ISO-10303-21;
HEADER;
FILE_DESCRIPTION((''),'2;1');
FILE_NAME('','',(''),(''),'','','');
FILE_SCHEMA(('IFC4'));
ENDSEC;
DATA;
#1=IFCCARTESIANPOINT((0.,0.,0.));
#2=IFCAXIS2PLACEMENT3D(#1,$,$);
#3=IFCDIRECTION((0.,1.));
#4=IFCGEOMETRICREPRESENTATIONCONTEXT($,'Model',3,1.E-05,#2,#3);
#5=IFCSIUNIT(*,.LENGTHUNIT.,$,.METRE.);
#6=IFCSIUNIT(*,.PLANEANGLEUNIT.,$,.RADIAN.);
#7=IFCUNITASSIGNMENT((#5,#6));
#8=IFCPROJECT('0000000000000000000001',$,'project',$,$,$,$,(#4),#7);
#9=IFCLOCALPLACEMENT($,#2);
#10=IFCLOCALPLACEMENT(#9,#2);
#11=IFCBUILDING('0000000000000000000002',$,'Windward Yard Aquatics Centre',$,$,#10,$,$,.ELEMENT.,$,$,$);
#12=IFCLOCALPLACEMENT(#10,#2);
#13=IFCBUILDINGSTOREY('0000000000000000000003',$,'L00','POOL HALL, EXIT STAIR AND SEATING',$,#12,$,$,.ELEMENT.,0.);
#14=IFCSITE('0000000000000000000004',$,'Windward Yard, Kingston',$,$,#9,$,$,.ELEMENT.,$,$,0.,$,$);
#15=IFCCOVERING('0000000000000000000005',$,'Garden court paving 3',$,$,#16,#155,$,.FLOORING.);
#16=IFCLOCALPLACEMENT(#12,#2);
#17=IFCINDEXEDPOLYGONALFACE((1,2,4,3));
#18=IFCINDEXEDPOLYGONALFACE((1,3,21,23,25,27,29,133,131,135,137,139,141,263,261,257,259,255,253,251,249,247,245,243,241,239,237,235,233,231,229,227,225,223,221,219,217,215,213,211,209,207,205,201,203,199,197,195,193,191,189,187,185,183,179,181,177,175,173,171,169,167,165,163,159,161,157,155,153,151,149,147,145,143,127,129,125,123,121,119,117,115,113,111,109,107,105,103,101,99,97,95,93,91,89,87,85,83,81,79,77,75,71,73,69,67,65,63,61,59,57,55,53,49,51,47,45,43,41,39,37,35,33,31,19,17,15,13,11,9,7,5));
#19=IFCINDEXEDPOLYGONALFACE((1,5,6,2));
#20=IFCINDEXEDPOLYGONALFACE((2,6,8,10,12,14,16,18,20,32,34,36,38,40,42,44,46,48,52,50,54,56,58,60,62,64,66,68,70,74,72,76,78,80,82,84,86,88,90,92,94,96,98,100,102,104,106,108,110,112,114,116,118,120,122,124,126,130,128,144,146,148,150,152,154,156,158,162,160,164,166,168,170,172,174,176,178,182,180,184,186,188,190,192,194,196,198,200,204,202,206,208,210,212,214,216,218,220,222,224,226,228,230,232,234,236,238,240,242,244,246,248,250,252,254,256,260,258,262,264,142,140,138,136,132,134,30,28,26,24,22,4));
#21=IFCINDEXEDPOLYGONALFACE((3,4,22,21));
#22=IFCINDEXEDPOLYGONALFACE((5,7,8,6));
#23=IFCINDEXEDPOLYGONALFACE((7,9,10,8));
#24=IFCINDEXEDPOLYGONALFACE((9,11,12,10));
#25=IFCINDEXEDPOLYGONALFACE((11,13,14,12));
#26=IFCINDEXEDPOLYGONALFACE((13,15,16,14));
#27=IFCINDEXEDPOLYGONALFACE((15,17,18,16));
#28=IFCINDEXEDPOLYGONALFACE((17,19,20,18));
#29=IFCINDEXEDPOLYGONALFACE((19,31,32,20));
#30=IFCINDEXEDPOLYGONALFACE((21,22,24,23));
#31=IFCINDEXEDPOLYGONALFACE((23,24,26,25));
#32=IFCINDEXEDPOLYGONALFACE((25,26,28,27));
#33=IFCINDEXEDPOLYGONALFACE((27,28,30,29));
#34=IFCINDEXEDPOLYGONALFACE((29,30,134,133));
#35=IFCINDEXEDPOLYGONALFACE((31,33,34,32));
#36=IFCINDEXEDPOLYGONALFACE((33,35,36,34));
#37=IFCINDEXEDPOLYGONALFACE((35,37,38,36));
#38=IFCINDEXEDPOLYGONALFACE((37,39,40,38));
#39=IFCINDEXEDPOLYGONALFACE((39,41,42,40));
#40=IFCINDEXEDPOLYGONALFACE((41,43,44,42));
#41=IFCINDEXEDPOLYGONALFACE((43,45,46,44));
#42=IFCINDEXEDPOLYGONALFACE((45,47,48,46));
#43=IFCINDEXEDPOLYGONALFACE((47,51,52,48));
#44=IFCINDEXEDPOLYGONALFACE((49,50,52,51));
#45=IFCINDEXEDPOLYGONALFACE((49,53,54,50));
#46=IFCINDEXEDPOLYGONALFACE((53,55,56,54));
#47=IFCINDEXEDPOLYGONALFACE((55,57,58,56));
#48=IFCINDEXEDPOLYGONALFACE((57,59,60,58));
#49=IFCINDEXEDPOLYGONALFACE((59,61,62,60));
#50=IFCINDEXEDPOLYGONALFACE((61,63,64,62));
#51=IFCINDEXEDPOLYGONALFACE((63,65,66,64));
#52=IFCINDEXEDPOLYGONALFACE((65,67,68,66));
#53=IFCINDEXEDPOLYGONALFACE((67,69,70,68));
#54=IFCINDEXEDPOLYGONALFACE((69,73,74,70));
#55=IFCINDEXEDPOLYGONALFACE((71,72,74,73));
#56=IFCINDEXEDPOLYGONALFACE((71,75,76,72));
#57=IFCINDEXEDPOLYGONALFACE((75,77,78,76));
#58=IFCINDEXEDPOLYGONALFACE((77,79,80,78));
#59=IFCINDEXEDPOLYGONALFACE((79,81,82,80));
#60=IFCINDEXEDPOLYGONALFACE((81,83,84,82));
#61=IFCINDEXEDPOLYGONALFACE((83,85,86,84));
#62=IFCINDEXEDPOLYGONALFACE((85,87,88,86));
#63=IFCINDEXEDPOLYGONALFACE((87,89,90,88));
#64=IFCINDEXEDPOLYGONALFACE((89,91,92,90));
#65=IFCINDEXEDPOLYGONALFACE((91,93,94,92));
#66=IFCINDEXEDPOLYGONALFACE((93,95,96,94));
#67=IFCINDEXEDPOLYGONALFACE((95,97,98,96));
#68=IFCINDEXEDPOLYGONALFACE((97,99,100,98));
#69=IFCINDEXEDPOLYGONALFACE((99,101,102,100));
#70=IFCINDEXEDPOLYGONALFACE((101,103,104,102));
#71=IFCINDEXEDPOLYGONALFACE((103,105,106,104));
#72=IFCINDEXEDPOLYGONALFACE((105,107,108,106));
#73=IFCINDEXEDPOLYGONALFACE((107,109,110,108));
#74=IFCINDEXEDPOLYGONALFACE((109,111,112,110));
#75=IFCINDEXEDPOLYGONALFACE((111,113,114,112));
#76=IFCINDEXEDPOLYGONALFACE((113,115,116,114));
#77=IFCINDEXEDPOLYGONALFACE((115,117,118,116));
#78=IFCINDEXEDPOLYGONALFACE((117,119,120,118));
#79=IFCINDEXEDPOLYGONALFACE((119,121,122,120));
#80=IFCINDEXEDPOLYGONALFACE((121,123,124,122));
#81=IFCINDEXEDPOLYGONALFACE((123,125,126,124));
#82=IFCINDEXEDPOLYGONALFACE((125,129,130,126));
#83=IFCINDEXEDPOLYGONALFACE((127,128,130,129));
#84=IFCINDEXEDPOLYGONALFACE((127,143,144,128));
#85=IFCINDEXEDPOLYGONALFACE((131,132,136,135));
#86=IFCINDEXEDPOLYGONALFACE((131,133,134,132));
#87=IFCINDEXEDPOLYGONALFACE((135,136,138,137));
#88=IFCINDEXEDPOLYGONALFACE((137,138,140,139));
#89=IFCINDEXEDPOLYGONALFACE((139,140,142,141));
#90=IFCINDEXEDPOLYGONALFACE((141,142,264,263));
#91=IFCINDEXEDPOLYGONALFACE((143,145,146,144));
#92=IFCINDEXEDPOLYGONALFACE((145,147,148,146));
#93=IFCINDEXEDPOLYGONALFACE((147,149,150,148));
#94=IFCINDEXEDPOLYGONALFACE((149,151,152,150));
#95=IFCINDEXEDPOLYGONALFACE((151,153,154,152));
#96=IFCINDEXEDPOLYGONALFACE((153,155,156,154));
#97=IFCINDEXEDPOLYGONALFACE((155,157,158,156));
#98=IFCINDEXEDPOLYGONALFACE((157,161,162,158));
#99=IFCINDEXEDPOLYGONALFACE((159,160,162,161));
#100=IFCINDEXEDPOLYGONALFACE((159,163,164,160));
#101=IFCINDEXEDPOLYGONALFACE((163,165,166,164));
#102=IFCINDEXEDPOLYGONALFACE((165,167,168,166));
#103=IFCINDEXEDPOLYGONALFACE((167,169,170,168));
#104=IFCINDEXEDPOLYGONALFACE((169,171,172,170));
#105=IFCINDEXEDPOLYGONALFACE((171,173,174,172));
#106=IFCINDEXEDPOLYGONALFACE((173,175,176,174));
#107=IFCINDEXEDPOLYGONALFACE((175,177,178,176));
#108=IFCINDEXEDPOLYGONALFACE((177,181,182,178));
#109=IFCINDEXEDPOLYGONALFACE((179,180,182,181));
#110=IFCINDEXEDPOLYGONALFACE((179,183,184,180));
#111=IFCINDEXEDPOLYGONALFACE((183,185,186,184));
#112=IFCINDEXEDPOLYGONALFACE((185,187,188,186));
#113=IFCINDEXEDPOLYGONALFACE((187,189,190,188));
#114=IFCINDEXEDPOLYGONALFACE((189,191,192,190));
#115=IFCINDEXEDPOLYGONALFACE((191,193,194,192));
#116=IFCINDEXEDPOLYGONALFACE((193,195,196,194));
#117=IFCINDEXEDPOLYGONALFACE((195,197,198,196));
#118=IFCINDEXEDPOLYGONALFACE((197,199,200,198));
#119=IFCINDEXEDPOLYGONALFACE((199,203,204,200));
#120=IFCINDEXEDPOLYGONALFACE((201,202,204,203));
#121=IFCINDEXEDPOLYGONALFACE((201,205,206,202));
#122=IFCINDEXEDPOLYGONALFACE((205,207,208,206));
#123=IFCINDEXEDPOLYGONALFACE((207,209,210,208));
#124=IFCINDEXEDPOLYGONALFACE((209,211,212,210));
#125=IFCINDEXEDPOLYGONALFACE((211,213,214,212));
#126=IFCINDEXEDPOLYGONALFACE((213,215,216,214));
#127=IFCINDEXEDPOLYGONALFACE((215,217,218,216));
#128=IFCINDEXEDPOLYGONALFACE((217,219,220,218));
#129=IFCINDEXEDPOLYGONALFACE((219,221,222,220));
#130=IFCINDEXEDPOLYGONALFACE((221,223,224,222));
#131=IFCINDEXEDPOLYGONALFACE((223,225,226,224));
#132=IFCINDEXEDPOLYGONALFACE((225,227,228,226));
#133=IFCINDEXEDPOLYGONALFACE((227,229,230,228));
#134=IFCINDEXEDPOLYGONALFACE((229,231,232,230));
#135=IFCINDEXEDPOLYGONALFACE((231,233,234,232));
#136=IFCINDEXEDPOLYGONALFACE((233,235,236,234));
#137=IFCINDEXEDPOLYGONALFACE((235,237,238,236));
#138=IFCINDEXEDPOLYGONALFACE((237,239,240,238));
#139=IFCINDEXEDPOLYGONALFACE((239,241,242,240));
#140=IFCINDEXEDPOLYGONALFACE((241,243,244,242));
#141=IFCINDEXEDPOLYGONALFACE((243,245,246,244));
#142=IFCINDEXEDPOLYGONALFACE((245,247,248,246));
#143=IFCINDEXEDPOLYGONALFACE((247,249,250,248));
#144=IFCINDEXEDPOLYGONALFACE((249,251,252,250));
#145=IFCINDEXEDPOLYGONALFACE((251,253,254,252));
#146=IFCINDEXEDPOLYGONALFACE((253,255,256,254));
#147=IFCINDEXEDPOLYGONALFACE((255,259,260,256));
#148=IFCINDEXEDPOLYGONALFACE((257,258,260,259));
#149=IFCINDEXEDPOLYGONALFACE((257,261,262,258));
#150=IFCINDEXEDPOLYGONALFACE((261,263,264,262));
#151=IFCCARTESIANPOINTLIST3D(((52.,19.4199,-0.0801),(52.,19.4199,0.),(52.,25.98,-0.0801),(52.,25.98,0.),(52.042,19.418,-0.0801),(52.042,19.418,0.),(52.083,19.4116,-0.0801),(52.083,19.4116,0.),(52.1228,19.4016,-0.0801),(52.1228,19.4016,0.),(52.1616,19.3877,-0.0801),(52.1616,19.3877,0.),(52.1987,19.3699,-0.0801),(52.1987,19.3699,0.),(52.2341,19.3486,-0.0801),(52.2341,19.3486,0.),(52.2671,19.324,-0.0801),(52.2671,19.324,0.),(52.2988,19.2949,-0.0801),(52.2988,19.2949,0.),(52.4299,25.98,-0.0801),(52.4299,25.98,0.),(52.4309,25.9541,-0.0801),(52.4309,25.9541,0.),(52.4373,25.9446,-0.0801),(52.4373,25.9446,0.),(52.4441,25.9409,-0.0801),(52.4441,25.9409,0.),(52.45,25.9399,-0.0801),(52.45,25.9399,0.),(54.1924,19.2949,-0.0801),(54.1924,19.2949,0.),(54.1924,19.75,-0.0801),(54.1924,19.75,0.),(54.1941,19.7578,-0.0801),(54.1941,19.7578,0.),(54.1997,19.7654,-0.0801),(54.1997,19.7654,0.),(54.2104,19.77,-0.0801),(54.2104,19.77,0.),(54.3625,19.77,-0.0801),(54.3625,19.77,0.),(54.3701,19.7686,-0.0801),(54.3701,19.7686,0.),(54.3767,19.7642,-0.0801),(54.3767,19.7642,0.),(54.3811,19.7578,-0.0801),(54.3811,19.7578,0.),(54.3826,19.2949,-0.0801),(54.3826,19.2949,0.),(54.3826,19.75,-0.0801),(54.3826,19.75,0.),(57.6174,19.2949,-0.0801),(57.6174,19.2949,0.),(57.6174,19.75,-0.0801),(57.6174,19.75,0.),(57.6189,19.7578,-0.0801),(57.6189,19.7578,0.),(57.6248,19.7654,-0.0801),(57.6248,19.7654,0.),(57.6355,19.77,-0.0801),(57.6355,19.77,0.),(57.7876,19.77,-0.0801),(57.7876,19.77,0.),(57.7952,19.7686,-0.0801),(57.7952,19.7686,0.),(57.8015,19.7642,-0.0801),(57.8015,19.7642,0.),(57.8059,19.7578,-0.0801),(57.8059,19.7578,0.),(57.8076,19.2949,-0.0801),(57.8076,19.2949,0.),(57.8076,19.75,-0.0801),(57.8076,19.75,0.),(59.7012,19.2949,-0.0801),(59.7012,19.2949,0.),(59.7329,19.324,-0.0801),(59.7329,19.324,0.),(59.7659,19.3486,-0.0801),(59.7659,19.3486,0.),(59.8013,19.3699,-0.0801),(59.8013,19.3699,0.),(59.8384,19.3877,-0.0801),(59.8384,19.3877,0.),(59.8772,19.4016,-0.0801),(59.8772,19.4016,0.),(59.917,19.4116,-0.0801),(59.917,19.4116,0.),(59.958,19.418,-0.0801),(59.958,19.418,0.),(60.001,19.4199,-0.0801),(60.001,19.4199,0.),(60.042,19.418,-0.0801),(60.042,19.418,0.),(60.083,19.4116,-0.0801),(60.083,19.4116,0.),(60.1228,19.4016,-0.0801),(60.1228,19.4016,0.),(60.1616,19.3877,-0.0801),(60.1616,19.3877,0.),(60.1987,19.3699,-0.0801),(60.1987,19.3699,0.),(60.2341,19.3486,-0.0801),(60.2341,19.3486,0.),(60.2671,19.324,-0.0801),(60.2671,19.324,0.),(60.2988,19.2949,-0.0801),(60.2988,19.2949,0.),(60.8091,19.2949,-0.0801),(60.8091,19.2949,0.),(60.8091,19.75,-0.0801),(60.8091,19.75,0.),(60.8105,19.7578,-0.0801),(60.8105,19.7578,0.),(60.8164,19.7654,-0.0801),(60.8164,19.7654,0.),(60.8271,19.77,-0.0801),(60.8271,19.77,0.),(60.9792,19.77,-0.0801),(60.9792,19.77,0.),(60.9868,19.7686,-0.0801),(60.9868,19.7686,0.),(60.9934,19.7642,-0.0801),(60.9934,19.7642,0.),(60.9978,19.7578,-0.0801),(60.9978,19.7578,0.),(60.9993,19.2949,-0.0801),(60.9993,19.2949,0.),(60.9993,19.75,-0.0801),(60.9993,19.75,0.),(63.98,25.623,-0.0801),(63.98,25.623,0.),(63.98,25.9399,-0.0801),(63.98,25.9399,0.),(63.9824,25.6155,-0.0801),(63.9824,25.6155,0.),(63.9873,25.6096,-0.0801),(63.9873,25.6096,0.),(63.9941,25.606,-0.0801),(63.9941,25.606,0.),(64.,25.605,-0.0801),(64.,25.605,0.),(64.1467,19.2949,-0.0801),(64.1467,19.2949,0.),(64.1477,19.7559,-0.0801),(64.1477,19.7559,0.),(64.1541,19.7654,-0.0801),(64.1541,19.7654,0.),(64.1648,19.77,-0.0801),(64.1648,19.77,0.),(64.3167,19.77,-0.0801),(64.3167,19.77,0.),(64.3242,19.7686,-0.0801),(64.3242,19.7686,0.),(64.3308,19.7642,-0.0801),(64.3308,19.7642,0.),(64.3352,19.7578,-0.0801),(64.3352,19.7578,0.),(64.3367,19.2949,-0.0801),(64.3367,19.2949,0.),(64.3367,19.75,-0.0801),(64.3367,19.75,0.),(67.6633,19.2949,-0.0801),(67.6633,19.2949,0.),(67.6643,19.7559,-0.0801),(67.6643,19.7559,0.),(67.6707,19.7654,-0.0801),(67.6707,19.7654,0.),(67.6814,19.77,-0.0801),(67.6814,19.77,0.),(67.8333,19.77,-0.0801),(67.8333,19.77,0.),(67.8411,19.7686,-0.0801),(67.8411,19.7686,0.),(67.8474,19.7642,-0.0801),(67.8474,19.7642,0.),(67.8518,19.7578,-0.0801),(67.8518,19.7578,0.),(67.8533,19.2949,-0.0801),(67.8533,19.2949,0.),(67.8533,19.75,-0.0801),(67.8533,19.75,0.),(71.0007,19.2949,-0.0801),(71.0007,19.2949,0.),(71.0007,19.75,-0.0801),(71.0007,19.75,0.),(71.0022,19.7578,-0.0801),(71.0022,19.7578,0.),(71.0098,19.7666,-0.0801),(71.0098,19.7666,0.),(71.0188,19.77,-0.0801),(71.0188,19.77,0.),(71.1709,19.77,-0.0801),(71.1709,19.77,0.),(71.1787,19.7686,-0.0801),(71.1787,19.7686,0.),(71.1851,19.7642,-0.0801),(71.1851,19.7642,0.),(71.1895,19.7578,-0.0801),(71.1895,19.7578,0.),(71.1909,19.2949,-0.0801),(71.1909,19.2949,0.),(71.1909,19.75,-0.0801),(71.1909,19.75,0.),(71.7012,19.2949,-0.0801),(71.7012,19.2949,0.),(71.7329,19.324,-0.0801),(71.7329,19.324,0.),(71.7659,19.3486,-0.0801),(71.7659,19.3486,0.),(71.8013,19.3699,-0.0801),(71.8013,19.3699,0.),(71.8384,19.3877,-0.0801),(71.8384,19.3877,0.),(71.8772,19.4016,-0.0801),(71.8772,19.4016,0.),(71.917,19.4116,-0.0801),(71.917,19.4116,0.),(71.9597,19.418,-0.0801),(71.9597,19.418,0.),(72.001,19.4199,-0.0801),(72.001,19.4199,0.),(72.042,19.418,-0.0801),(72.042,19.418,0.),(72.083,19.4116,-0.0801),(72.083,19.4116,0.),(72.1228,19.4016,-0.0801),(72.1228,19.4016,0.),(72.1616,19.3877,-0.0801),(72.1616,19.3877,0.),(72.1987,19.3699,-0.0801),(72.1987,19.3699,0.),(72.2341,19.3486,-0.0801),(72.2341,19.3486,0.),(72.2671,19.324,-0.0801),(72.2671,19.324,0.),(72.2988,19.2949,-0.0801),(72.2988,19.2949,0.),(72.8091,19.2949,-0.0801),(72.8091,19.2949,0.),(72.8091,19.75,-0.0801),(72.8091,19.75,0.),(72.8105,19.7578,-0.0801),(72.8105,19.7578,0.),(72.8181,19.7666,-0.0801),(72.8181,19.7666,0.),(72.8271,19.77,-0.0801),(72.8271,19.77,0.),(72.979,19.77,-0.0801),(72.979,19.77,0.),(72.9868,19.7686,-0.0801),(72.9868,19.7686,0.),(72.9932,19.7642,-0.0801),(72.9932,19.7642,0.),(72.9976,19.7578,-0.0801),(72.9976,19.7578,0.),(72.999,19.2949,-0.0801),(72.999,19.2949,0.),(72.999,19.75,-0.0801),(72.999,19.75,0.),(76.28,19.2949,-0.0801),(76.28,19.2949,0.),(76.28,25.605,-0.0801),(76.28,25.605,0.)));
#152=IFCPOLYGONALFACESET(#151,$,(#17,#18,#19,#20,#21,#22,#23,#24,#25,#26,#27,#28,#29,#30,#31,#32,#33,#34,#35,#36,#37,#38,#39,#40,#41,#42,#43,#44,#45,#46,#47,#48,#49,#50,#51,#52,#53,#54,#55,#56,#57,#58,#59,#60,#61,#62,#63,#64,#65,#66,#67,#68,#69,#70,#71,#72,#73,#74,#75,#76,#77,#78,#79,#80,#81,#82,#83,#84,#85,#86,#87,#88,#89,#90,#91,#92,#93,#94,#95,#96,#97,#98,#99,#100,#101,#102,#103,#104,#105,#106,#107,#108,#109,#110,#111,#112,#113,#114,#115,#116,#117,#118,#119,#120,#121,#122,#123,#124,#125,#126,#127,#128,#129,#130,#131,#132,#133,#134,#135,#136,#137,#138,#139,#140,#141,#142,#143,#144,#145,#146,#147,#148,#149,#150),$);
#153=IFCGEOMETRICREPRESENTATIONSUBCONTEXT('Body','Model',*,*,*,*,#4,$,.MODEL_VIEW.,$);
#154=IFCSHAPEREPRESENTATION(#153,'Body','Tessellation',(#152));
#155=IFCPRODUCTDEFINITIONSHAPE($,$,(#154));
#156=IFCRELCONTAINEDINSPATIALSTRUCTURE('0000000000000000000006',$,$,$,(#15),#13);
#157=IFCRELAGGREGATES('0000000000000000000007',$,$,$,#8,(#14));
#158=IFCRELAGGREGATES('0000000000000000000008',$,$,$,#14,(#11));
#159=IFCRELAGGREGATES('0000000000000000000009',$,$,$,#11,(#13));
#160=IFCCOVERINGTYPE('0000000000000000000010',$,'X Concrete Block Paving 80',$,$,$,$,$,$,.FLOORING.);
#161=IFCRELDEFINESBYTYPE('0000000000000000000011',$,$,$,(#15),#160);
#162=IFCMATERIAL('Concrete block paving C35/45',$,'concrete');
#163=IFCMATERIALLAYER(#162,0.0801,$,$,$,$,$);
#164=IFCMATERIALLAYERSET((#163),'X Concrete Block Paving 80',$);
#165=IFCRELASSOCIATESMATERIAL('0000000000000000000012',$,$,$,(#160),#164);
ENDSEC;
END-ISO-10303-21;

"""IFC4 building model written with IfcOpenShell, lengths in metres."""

from ifc_helpers import new_model, si_unit, direction, frame, origin, place, context, subcontext, project, spatial, polyline, outline, extrude, material, layer, layer_set, type_object, element, save


model = new_model("IFC4")

# Units and contexts
model_context = context("Model", 3, precision=1e-05, world=origin(), true_north=direction((0.0, 1.0)))
body_context = subcontext(model_context, "Body", "Model", "MODEL_VIEW")
ifc_project = project(units=[si_unit("LENGTHUNIT", "METRE"), si_unit("PLANEANGLEUNIT", "RADIAN")], contexts=[model_context])

# Site, building, storey
site_placement = place(None, origin())
site = spatial("IfcSite", under=ifc_project, at=site_placement, Name="Windward Yard, Kingston", CompositionType="ELEMENT", RefElevation=0.0)
building_placement = place(site_placement, origin())
building = spatial("IfcBuilding", under=site, at=building_placement, Name="Windward Yard Aquatics Centre", CompositionType="ELEMENT")
storey_placement = place(building_placement, origin())
storey = spatial("IfcBuildingStorey", under=building, at=storey_placement, Name="L00", Description="POOL HALL, EXIT STAIR AND SEATING", CompositionType="ELEMENT", Elevation=0.0)

# Covering
ifc_material_1 = material(Name="Concrete block paving C35/45", Category="concrete")
ifc_layer_1 = layer(ifc_material_1, 0.0801)
ifc_layer_set_1 = layer_set([ifc_layer_1], Name="X Concrete Block Paving 80")
covering_type_1 = type_object("IfcCoveringType", Name="X Concrete Block Paving 80", PredefinedType="FLOORING", material=ifc_layer_set_1)
covering_1_placement = place(storey_placement, frame((0.0, 0.0, -0.0801)))
element("IfcCovering", 1, at=covering_1_placement, inside=storey, type_object=covering_type_1, Name="Garden court paving 3", PredefinedType="FLOORING", context=body_context, shape_type="SweptSolid", body=[
    extrude(outline(polyline([(52.0, 19.4199), (52.042, 19.418), (52.083, 19.4116), (52.1228, 19.4016), (52.1616, 19.3877), (52.1987, 19.3699), (52.2341, 19.3486), (52.2671, 19.324), (52.2988, 19.2949), (54.1924, 19.2949), (54.1924, 19.75), (54.1941, 19.7578), (54.1997, 19.7654), (54.2104, 19.77), (54.3625, 19.77), (54.3701, 19.7686), (54.3767, 19.7642), (54.3811, 19.7578), (54.3826, 19.75), (54.3826, 19.2949), (57.6174, 19.2949), (57.6174, 19.75), (57.6189, 19.7578), (57.6248, 19.7654), (57.6355, 19.77), (57.7876, 19.77), (57.7952, 19.7686), (57.8015, 19.7642), (57.8059, 19.7578), (57.8076, 19.75), (57.8076, 19.2949), (59.7012, 19.2949), (59.7329, 19.324), (59.7659, 19.3486), (59.8013, 19.3699), (59.8384, 19.3877), (59.8772, 19.4016), (59.917, 19.4116), (59.958, 19.418), (60.001, 19.4199), (60.042, 19.418), (60.083, 19.4116), (60.1228, 19.4016), (60.1616, 19.3877), (60.1987, 19.3699), (60.2341, 19.3486), (60.2671, 19.324), (60.2988, 19.2949), (60.8091, 19.2949), (60.8091, 19.75), (60.8105, 19.7578), (60.8164, 19.7654), (60.8271, 19.77), (60.9792, 19.77), (60.9868, 19.7686), (60.9934, 19.7642), (60.9978, 19.7578), (60.9993, 19.75), (60.9993, 19.2949), (64.1467, 19.2949), (64.1477, 19.7559), (64.1541, 19.7654), (64.1648, 19.77), (64.3167, 19.77), (64.3242, 19.7686), (64.3308, 19.7642), (64.3352, 19.7578), (64.3367, 19.75), (64.3367, 19.2949), (67.6633, 19.2949), (67.6643, 19.7559), (67.6707, 19.7654), (67.6814, 19.77), (67.8333, 19.77), (67.8411, 19.7686), (67.8474, 19.7642), (67.8518, 19.7578), (67.8533, 19.75), (67.8533, 19.2949), (71.0007, 19.2949), (71.0007, 19.75), (71.0022, 19.7578), (71.0098, 19.7666), (71.0188, 19.77), (71.1709, 19.77), (71.1787, 19.7686), (71.1851, 19.7642), (71.1895, 19.7578), (71.1909, 19.75), (71.1909, 19.2949), (71.7012, 19.2949), (71.7329, 19.324), (71.7659, 19.3486), (71.8013, 19.3699), (71.8384, 19.3877), (71.8772, 19.4016), (71.917, 19.4116), (71.9597, 19.418), (72.001, 19.4199), (72.042, 19.418), (72.083, 19.4116), (72.1228, 19.4016), (72.1616, 19.3877), (72.1987, 19.3699), (72.2341, 19.3486), (72.2671, 19.324), (72.2988, 19.2949), (72.8091, 19.2949), (72.8091, 19.75), (72.8105, 19.7578), (72.8181, 19.7666), (72.8271, 19.77), (72.979, 19.77), (72.9868, 19.7686), (72.9932, 19.7642), (72.9976, 19.7578), (72.999, 19.75), (72.999, 19.2949), (76.28, 19.2949), (76.28, 25.605), (64.0, 25.605), (63.9941, 25.606), (63.9873, 25.6096), (63.9824, 25.6155), (63.98, 25.623), (63.98, 25.9399), (52.45, 25.9399), (52.4441, 25.9409), (52.4373, 25.9446), (52.4309, 25.9541), (52.4299, 25.98), (52.0, 25.98), (52.0, 19.4199)])), origin(), (0.0, 0.0, 1.0), 0.0801),
])

save(model, "model.ifc")
